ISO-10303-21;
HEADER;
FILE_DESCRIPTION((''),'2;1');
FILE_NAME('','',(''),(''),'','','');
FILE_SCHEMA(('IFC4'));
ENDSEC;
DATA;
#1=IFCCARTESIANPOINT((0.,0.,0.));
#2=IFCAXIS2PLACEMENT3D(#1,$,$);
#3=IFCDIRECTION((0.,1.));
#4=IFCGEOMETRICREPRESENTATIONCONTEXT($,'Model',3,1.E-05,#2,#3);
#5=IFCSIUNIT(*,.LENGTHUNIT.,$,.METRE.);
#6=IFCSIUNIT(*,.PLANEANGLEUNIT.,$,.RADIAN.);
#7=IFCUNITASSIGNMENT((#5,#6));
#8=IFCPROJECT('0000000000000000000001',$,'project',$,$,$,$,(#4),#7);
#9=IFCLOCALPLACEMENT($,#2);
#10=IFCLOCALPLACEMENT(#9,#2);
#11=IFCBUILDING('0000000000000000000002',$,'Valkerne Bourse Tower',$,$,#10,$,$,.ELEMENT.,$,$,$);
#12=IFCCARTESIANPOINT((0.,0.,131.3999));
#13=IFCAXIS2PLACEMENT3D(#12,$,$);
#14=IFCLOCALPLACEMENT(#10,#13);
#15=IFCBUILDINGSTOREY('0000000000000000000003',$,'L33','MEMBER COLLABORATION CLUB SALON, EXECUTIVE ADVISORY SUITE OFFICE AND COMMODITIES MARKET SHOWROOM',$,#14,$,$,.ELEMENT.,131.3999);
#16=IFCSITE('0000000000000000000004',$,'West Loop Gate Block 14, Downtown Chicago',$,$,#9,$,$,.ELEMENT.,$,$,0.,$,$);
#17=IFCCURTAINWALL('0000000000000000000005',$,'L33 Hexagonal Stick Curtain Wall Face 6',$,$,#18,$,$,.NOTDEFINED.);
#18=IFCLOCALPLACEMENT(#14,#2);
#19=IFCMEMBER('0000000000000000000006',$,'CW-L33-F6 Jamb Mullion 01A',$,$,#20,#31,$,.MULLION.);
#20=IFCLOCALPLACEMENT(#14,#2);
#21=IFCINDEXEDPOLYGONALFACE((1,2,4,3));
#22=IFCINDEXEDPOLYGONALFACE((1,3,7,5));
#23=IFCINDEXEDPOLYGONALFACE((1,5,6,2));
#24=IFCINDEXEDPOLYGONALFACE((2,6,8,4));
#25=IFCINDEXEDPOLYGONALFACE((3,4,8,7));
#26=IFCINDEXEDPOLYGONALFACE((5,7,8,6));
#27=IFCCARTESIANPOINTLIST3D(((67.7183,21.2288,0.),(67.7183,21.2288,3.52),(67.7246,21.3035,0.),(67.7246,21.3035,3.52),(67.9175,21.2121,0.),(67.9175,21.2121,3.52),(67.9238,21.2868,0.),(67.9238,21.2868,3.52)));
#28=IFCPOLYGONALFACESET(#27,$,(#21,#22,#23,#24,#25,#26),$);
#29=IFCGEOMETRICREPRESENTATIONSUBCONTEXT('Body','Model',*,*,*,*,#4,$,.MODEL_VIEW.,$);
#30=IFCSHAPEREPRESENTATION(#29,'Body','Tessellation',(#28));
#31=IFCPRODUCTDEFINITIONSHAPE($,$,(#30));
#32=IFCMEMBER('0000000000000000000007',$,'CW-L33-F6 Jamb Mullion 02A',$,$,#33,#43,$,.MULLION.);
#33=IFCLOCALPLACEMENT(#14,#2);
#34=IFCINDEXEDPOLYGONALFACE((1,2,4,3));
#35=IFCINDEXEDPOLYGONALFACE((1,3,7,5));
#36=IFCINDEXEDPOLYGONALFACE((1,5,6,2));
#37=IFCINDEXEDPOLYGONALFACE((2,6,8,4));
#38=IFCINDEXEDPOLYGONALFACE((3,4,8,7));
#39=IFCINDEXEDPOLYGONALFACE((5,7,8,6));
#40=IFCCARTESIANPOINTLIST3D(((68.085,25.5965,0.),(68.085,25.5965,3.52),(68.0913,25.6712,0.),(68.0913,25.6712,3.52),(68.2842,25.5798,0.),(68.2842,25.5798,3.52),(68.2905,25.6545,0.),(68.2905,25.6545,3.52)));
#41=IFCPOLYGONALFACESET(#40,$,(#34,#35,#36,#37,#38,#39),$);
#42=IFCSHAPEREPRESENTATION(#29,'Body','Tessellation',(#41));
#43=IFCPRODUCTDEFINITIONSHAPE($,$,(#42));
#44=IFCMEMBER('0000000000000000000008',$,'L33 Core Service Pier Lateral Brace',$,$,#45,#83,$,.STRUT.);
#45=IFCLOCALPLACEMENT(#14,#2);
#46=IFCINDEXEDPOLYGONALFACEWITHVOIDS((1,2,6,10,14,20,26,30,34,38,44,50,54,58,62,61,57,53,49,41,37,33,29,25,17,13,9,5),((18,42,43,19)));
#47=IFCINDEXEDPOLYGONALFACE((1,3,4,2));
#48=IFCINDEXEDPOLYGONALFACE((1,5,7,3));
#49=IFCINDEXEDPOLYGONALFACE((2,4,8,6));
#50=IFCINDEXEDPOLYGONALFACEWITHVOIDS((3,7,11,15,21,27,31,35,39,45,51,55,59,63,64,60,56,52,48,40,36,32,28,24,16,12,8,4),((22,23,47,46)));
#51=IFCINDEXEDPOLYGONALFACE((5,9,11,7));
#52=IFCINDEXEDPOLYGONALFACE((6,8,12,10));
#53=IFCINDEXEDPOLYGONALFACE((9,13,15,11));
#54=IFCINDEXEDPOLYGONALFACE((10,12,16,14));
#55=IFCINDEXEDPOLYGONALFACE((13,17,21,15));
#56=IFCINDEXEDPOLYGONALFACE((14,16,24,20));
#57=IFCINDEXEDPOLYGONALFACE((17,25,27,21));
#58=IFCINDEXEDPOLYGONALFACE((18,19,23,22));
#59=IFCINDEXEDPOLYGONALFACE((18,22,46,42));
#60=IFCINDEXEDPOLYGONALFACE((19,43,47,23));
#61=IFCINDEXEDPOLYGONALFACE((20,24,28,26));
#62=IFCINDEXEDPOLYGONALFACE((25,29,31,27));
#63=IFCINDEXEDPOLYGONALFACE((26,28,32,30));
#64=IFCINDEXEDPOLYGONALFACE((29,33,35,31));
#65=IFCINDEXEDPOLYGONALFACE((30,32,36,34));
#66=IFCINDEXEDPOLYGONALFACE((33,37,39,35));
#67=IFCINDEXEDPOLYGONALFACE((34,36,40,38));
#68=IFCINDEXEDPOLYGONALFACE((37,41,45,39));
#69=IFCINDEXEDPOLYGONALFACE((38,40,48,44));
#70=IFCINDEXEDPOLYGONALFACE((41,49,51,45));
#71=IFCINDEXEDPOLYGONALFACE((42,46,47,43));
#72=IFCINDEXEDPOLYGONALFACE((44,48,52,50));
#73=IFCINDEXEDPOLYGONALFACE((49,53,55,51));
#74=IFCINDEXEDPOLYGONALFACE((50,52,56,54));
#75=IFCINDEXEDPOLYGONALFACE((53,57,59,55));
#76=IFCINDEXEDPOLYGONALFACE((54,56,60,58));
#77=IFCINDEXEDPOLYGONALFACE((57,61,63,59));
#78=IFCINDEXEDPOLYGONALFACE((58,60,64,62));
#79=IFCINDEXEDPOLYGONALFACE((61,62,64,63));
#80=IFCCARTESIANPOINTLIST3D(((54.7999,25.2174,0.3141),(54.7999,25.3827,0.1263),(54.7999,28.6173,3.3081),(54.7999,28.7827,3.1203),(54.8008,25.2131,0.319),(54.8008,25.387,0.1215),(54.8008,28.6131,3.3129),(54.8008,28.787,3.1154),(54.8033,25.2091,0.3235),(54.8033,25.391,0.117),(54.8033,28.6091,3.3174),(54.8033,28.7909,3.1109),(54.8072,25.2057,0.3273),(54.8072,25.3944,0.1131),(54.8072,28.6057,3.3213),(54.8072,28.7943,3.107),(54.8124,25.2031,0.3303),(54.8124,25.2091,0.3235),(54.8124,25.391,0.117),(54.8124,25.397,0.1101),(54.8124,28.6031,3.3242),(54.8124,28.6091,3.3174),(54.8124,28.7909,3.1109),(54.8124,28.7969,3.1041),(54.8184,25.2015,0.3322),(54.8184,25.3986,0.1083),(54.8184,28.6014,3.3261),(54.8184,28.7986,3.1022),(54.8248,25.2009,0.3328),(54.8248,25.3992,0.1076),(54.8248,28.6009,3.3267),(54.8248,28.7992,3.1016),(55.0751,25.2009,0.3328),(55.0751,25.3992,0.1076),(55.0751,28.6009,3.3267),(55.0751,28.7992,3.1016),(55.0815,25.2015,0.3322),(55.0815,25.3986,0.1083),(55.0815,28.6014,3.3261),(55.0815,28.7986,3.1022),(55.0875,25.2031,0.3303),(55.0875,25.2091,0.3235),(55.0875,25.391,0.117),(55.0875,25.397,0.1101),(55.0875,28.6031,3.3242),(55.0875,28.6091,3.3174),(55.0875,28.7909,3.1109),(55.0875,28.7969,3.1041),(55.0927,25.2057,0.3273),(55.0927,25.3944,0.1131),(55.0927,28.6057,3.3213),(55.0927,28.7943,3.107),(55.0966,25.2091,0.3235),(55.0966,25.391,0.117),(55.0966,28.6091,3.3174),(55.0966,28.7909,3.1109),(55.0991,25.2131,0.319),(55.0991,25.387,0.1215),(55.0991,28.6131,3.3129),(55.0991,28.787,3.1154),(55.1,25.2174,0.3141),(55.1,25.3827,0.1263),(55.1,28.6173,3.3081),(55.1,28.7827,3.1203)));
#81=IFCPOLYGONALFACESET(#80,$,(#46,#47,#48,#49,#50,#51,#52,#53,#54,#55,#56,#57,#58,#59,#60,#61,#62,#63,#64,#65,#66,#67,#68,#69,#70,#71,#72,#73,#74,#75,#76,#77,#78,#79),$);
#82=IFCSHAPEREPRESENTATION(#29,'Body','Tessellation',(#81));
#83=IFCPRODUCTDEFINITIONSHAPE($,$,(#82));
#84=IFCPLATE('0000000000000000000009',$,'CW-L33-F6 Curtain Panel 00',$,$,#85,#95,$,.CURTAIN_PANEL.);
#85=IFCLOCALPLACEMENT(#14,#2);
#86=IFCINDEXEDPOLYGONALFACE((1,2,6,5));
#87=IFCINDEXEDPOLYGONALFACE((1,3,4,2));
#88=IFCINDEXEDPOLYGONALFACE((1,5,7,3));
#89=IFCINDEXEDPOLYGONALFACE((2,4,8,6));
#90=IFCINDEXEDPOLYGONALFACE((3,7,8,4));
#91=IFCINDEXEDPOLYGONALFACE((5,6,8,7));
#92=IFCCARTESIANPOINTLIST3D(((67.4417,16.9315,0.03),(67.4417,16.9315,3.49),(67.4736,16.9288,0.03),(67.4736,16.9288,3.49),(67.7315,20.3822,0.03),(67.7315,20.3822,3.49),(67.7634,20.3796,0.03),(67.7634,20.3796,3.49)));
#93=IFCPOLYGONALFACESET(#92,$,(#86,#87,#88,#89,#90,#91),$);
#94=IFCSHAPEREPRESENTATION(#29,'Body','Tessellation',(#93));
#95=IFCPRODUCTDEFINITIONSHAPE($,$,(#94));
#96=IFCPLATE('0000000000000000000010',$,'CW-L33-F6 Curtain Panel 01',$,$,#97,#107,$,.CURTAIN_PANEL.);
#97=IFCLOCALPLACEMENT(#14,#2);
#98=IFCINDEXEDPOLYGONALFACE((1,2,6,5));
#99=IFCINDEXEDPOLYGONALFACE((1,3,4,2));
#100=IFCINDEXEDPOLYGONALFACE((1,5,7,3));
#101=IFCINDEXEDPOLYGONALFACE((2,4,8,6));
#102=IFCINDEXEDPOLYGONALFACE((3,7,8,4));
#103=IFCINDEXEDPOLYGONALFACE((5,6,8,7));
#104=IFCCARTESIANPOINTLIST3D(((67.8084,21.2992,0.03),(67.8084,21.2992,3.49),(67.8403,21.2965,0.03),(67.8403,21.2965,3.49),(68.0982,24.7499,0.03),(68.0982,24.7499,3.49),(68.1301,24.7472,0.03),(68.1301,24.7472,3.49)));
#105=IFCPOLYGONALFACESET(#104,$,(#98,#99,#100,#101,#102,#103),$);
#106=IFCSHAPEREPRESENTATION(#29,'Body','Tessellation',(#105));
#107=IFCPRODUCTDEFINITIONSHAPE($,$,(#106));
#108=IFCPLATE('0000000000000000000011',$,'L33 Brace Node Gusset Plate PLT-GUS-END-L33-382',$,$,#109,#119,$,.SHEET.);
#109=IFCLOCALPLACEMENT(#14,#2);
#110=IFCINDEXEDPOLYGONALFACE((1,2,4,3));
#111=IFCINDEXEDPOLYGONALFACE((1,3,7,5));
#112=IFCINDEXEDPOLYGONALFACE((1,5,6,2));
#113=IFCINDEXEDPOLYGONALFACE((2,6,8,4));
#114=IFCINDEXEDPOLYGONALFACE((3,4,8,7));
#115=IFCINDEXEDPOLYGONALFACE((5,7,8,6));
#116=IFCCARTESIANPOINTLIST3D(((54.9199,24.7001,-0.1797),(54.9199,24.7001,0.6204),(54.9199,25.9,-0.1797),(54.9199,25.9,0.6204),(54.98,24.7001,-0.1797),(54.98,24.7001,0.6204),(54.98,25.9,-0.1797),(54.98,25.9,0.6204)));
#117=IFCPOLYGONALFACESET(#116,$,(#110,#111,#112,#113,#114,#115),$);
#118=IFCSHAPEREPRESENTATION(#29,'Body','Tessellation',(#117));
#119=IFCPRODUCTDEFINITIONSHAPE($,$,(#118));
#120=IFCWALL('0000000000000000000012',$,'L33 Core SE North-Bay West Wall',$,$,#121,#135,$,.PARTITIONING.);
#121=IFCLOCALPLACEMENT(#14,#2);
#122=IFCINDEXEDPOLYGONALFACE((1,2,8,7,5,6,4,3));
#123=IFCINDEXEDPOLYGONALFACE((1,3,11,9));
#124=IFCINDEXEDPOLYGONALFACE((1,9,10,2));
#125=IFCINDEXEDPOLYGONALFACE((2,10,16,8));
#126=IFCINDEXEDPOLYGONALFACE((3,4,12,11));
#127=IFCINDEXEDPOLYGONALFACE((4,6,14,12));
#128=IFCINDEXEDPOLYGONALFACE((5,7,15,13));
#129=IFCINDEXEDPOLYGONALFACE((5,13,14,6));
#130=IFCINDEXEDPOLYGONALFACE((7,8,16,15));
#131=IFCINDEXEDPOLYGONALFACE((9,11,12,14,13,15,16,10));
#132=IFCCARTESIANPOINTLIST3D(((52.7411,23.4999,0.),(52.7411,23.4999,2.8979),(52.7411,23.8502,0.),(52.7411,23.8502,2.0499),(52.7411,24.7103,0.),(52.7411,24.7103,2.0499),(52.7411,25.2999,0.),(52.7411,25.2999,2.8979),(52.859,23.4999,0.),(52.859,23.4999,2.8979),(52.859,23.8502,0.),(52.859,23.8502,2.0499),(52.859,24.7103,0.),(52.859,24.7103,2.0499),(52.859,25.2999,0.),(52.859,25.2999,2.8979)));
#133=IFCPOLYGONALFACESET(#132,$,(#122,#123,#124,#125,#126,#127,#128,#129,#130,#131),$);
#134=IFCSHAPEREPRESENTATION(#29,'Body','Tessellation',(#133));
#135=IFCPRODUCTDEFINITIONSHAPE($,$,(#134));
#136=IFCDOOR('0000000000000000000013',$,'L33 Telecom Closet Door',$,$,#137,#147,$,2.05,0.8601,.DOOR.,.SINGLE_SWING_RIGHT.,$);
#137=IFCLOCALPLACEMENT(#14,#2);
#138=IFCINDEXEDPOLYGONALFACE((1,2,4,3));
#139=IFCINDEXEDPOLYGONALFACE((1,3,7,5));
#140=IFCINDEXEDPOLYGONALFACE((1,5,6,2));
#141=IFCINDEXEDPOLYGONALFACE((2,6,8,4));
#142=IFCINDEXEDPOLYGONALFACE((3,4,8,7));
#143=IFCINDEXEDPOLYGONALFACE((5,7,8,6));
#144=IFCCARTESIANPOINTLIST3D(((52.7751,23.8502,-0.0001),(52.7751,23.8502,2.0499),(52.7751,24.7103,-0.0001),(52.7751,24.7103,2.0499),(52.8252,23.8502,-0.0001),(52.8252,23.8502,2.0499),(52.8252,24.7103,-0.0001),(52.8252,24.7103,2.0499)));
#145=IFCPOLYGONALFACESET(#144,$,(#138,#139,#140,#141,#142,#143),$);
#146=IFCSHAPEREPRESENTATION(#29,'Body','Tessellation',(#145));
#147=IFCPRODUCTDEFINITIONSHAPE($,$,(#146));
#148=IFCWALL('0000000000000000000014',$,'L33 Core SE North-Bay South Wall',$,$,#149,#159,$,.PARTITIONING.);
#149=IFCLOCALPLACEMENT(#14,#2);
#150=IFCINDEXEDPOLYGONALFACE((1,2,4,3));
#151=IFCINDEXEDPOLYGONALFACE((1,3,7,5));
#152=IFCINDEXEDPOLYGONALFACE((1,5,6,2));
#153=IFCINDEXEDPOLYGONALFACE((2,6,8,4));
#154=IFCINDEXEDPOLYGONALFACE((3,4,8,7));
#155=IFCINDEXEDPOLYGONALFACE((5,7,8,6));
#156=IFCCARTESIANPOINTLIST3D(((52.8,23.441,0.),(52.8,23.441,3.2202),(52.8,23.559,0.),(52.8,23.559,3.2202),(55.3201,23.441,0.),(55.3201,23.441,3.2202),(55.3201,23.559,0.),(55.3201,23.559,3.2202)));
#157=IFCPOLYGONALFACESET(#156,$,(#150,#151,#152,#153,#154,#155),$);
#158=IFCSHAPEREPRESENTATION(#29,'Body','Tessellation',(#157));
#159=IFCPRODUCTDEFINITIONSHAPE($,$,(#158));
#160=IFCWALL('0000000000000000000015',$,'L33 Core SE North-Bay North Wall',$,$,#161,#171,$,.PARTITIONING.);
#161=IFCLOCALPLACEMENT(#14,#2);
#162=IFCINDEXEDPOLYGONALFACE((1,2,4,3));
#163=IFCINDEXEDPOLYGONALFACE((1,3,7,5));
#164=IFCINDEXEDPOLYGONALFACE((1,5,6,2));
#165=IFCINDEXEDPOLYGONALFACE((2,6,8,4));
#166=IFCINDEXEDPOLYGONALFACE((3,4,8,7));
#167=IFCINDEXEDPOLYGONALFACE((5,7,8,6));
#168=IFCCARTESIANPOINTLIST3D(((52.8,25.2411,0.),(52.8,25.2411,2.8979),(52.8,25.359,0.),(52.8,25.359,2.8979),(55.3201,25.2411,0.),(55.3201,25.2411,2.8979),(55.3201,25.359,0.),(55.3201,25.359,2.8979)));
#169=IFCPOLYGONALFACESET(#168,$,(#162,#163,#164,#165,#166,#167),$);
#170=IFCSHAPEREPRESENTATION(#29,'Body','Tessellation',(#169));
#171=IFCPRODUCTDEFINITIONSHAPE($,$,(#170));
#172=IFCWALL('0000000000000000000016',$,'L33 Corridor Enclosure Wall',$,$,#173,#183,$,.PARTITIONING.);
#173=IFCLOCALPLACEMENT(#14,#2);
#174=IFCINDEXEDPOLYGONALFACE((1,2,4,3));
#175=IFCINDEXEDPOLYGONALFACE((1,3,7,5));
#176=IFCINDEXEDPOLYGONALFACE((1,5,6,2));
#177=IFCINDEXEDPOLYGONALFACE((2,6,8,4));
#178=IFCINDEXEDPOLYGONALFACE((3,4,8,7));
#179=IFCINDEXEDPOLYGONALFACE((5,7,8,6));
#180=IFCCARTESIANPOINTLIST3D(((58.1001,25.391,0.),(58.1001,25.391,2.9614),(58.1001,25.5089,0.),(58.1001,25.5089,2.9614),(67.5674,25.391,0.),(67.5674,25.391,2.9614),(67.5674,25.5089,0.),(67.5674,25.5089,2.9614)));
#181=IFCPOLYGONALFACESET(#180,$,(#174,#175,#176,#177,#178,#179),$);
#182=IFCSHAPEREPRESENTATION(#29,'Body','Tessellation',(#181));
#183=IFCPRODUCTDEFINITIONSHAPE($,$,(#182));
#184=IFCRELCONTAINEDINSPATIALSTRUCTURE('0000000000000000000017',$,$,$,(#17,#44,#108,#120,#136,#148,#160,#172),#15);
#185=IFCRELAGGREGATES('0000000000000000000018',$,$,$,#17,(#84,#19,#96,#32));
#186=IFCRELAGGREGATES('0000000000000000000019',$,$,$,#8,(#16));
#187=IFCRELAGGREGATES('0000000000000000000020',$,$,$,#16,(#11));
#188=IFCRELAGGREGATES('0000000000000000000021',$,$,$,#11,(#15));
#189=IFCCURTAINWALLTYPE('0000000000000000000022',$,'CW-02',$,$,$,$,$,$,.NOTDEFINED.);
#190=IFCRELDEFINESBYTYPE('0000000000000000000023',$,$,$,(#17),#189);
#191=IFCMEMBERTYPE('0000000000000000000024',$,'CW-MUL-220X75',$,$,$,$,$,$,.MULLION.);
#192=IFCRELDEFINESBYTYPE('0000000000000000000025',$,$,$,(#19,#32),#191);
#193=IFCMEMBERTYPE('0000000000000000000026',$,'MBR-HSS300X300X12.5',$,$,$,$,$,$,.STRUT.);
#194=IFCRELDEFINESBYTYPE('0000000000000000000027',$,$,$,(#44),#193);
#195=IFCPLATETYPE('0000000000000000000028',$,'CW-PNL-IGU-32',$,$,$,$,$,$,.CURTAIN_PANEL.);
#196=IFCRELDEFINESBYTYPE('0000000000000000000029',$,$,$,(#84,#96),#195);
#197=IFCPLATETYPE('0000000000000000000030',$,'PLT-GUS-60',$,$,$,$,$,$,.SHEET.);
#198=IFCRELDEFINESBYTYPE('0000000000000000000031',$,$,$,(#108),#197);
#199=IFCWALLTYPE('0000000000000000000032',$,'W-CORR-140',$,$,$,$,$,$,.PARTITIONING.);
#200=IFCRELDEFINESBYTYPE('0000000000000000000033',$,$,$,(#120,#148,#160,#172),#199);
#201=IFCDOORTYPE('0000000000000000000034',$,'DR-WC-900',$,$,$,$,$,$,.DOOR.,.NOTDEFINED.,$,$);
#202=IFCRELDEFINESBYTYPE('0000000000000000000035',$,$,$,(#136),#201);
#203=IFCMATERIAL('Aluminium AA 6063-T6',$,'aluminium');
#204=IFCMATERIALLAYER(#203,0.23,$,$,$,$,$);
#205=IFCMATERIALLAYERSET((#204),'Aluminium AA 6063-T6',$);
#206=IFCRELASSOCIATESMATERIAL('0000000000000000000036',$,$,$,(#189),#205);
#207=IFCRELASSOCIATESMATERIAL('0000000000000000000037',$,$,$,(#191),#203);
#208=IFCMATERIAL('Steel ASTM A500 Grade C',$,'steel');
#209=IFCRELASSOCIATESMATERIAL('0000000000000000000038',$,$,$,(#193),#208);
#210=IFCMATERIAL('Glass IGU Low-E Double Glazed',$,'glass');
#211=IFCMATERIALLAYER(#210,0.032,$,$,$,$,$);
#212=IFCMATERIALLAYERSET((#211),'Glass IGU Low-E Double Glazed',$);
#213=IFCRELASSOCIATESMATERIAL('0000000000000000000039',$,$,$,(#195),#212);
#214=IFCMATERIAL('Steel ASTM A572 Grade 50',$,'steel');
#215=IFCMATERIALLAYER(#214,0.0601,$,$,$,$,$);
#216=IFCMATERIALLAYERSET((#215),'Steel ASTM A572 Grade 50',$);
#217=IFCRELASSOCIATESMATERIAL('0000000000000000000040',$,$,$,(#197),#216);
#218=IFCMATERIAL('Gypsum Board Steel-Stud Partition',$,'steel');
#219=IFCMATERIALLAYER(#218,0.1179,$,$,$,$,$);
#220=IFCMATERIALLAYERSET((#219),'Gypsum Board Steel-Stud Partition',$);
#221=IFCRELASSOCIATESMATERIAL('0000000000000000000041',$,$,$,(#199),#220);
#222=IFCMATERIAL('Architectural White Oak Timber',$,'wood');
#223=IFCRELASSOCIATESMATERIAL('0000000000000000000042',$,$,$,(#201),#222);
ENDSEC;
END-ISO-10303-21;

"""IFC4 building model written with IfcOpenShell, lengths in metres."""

from ifc_helpers import new_model, si_unit, direction, frame, frame_2d, origin, origin_2d, place, context, subcontext, project, spatial, rectangle, hollow_rectangle, extrude, material, layer, layer_set, material_profile, profile_set, type_object, element, fill, aggregate, save


model = new_model("IFC4")

# Units and contexts
model_context = context("Model", 3, precision=1e-05, world=origin(), true_north=direction((0.0, 1.0)))
body_context = subcontext(model_context, "Body", "Model", "MODEL_VIEW")
ifc_project = project(units=[si_unit("LENGTHUNIT", "METRE"), si_unit("PLANEANGLEUNIT", "RADIAN")], contexts=[model_context])

# Site, building, storey
site_placement = place(None, origin())
site = spatial("IfcSite", under=ifc_project, at=site_placement, Name="West Loop Gate Block 14, Downtown Chicago", CompositionType="ELEMENT", RefElevation=0.0)
building_placement = place(site_placement, origin())
building = spatial("IfcBuilding", under=site, at=building_placement, Name="Valkerne Bourse Tower", CompositionType="ELEMENT")
storey_placement = place(building_placement, frame((0.0, 0.0, 131.3999)))
storey = spatial("IfcBuildingStorey", under=building, at=storey_placement, Name="L33", Description="MEMBER COLLABORATION CLUB SALON, EXECUTIVE ADVISORY SUITE OFFICE AND COMMODITIES MARKET SHOWROOM", CompositionType="ELEMENT", Elevation=131.3999)

# Curtain wall, members
ifc_material_1 = material(Name="Aluminium AA 6063-T6", Category="aluminium")
ifc_layer_1 = layer(ifc_material_1, 0.23)
ifc_layer_set_1 = layer_set([ifc_layer_1], Name="Aluminium AA 6063-T6")
curtain_wall_type = type_object("IfcCurtainWallType", Name="CW-02", PredefinedType="NOTDEFINED", material=ifc_layer_set_1)
curtain_wall_placement = place(storey_placement, origin())
curtain_wall = element("IfcCurtainWall", 1, at=curtain_wall_placement, inside=storey, type_object=curtain_wall_type, Name="L33 Hexagonal Stick Curtain Wall Face 6", PredefinedType="NOTDEFINED")
ifc_material_profile_1 = material_profile(ifc_material_1, rectangle(XDim=0.075, YDim=0.2, at=origin_2d()), Name="CWM-75X200")
ifc_profile_set_1 = profile_set([ifc_material_profile_1], Name="Aluminium AA 6063-T6")
member_type_1 = type_object("IfcMemberType", Name="CW-MUL-220X75", PredefinedType="MULLION", material=ifc_profile_set_1)
member_1_placement = place(storey_placement, frame((67.821, 21.2578, 0.0), z_axis=(0.0, 0.0, 1.0), x_axis=(0.083687, 0.996492, 0.0)))
member_1 = element("IfcMember", 2, at=member_1_placement, type_object=member_type_1, Name="CW-L33-F6 Jamb Mullion 01A", PredefinedType="MULLION", context=body_context, shape_type="SweptSolid", body=[
    extrude(rectangle(XDim=0.075, YDim=0.2, at=origin_2d()), origin(), (0.0, 0.0, 1.0), 3.52),
])
member_2_placement = place(storey_placement, frame((68.1877, 25.6255, 0.0), z_axis=(0.0, 0.0, 1.0), x_axis=(0.083663, 0.996494, 0.0)))
member_2 = element("IfcMember", 3, at=member_2_placement, type_object=member_type_1, Name="CW-L33-F6 Jamb Mullion 02A", PredefinedType="MULLION", context=body_context, shape_type="SweptSolid", body=[
    extrude(rectangle(XDim=0.075, YDim=0.2, at=origin_2d()), origin(), (0.0, 0.0, 1.0), 3.52),
])

# Member
ifc_material_2 = material(Name="Steel ASTM A500 Grade C", Category="steel")
ifc_material_profile_2 = material_profile(ifc_material_2, hollow_rectangle(XDim=0.3, YDim=0.3, WallThickness=0.0125, OuterFilletRadius=0.0249, at=origin_2d()), Name="HSS300X300X12.5")
ifc_profile_set_2 = profile_set([ifc_material_profile_2], Name="Steel ASTM A500 Grade C")
member_type_2 = type_object("IfcMemberType", Name="MBR-HSS300X300X12.5", PredefinedType="STRUT", material=ifc_profile_set_2)
member_3_placement = place(storey_placement, frame((54.95, 25.3, 0.2202), z_axis=(0.0, 0.750496, 0.660874), x_axis=(-1.0, 0.0, 0.0)))
element("IfcMember", 4, at=member_3_placement, inside=storey, type_object=member_type_2, Name="L33 Core Service Pier Lateral Brace", PredefinedType="STRUT", context=body_context, shape_type="SweptSolid", body=[
    extrude(hollow_rectangle(XDim=0.3, YDim=0.3, WallThickness=0.0125, OuterFilletRadius=0.0249, at=origin_2d()), origin(), (0.0, 0.0, 1.0), 4.5303),
])

# Plates
ifc_material_3 = material(Name="Glass IGU Low-E Double Glazed", Category="glass")
ifc_layer_2 = layer(ifc_material_3, 0.032)
ifc_layer_set_2 = layer_set([ifc_layer_2], Name="Glass IGU Low-E Double Glazed")
plate_type_1 = type_object("IfcPlateType", Name="CW-PNL-IGU-32", PredefinedType="CURTAIN_PANEL", material=ifc_layer_set_2)
plate_1_placement = place(storey_placement, frame((67.6025, 18.6555, 0.03), z_axis=(0.0, 0.0, 1.0), x_axis=(0.083687, 0.996492, 0.0)))
plate_1 = element("IfcPlate", 5, at=plate_1_placement, type_object=plate_type_1, Name="CW-L33-F6 Curtain Panel 00", PredefinedType="CURTAIN_PANEL", context=body_context, shape_type="SweptSolid", body=[
    extrude(rectangle(XDim=3.4629, YDim=0.032, at=origin_2d()), origin(), (0.0, 0.0, 1.0), 3.46),
])
plate_2_placement = place(storey_placement, frame((67.9692, 23.0232, 0.03), z_axis=(0.0, 0.0, 1.0), x_axis=(0.083687, 0.996492, 0.0)))
plate_2 = element("IfcPlate", 6, at=plate_2_placement, type_object=plate_type_1, Name="CW-L33-F6 Curtain Panel 01", PredefinedType="CURTAIN_PANEL", context=body_context, shape_type="SweptSolid", body=[
    extrude(rectangle(XDim=3.4629, YDim=0.032, at=origin_2d()), origin(), (0.0, 0.0, 1.0), 3.46),
])
aggregate(curtain_wall, [plate_1, member_1, plate_2, member_2])
ifc_material_4 = material(Name="Steel ASTM A572 Grade 50", Category="steel")
ifc_layer_3 = layer(ifc_material_4, 0.0601)
ifc_layer_set_3 = layer_set([ifc_layer_3], Name="Steel ASTM A572 Grade 50")
plate_type_2 = type_object("IfcPlateType", Name="PLT-GUS-60", PredefinedType="SHEET", material=ifc_layer_set_3)
plate_3_placement = place(storey_placement, frame((54.95, 25.3, -0.1797), z_axis=(0.0, 0.0, 1.0), x_axis=(0.0, 1.0, 0.0)))
element("IfcPlate", 7, at=plate_3_placement, inside=storey, type_object=plate_type_2, Name="L33 Brace Node Gusset Plate PLT-GUS-END-L33-382", PredefinedType="SHEET", context=body_context, shape_type="SweptSolid", body=[
    extrude(rectangle(XDim=1.2, YDim=0.0601, at=origin_2d()), origin(), (0.0, 0.0, 1.0), 0.8),
])

# Wall, opening, door
ifc_material_5 = material(Name="Gypsum Board Steel-Stud Partition", Category="steel")
ifc_layer_4 = layer(ifc_material_5, 0.1179)
ifc_layer_set_4 = layer_set([ifc_layer_4], Name="Gypsum Board Steel-Stud Partition")
wall_type_1 = type_object("IfcWallType", Name="W-CORR-140", PredefinedType="PARTITIONING", material=ifc_layer_set_4)
wall_1_placement = place(storey_placement, frame((52.8, 23.5, 0.0), z_axis=(0.0, 0.0, 1.0), x_axis=(0.0, 1.0, 0.0)))
wall_1 = element("IfcWall", 8, at=wall_1_placement, inside=storey, type_object=wall_type_1, Name="L33 Core SE North-Bay West Wall", PredefinedType="PARTITIONING", context=body_context, shape_type="SweptSolid", body=[
    extrude(rectangle(XDim=1.8, YDim=0.1179, at=frame_2d((0.8999, 0.0))), origin(), (0.0, 0.0, 1.0), 2.8979),
])
opening_1_placement = place(wall_1_placement, frame((0.3501, 0.0, 0.0)))
opening_1 = element("IfcOpeningElement", 9, at=opening_1_placement, cuts=wall_1, PredefinedType="OPENING", context=body_context, shape_type="SweptSolid", body=[
    extrude(rectangle(XDim=0.8601, YDim=2.05, at=frame_2d((0.4302, 1.0249))), frame((0.0, 0.0688, 0.0), z_axis=(0.0, -1.0, 0.0), x_axis=(1.0, 0.0, 0.0)), (0.0, 0.0, 1.0), 0.1379),
])
ifc_material_6 = material(Name="Architectural White Oak Timber", Category="wood")
door_type_1 = type_object("IfcDoorType", Name="DR-WC-900", OperationType="NOTDEFINED", PredefinedType="DOOR", material=ifc_material_6)
door_1_placement = place(opening_1_placement, origin())
door_1 = element("IfcDoor", 10, at=door_1_placement, inside=storey, type_object=door_type_1, Name="L33 Telecom Closet Door", OperationType="SINGLE_SWING_RIGHT", OverallHeight=2.05, OverallWidth=0.8601, PredefinedType="DOOR", context=body_context, shape_type="SweptSolid", body=[
    extrude(rectangle(XDim=0.8601, YDim=2.05, at=frame_2d((0.4302, 1.0249))), frame((0.0, 0.0249, 0.0), z_axis=(0.0, -1.0, 0.0), x_axis=(1.0, 0.0, 0.0)), (0.0, 0.0, 1.0), 0.05),
])
fill(opening_1, door_1)

# Walls
wall_2_placement = place(storey_placement, frame((52.8, 23.5, 0.0), z_axis=(0.0, 0.0, 1.0), x_axis=(1.0, 0.0, 0.0)))
element("IfcWall", 11, at=wall_2_placement, inside=storey, type_object=wall_type_1, Name="L33 Core SE North-Bay South Wall", PredefinedType="PARTITIONING", context=body_context, shape_type="SweptSolid", body=[
    extrude(rectangle(XDim=2.52, YDim=0.1179, at=frame_2d((1.26, 0.0))), origin(), (0.0, 0.0, 1.0), 3.2202),
])
wall_3_placement = place(storey_placement, frame((52.8, 25.3, 0.0), z_axis=(0.0, 0.0, 1.0), x_axis=(1.0, 0.0, 0.0)))
element("IfcWall", 12, at=wall_3_placement, inside=storey, type_object=wall_type_1, Name="L33 Core SE North-Bay North Wall", PredefinedType="PARTITIONING", context=body_context, shape_type="SweptSolid", body=[
    extrude(rectangle(XDim=2.52, YDim=0.1179, at=frame_2d((1.26, 0.0))), origin(), (0.0, 0.0, 1.0), 2.8979),
])
wall_4_placement = place(storey_placement, frame((67.5674, 25.45, 0.0), z_axis=(0.0, 0.0, 1.0), x_axis=(-1.0, 0.0, 0.0)))
element("IfcWall", 13, at=wall_4_placement, inside=storey, type_object=wall_type_1, Name="L33 Corridor Enclosure Wall", PredefinedType="PARTITIONING", context=body_context, shape_type="SweptSolid", body=[
    extrude(rectangle(XDim=9.4673, YDim=0.1179, at=frame_2d((4.7336, 0.0))), origin(), (0.0, 0.0, 1.0), 2.9614),
])

save(model, "model.ifc")
